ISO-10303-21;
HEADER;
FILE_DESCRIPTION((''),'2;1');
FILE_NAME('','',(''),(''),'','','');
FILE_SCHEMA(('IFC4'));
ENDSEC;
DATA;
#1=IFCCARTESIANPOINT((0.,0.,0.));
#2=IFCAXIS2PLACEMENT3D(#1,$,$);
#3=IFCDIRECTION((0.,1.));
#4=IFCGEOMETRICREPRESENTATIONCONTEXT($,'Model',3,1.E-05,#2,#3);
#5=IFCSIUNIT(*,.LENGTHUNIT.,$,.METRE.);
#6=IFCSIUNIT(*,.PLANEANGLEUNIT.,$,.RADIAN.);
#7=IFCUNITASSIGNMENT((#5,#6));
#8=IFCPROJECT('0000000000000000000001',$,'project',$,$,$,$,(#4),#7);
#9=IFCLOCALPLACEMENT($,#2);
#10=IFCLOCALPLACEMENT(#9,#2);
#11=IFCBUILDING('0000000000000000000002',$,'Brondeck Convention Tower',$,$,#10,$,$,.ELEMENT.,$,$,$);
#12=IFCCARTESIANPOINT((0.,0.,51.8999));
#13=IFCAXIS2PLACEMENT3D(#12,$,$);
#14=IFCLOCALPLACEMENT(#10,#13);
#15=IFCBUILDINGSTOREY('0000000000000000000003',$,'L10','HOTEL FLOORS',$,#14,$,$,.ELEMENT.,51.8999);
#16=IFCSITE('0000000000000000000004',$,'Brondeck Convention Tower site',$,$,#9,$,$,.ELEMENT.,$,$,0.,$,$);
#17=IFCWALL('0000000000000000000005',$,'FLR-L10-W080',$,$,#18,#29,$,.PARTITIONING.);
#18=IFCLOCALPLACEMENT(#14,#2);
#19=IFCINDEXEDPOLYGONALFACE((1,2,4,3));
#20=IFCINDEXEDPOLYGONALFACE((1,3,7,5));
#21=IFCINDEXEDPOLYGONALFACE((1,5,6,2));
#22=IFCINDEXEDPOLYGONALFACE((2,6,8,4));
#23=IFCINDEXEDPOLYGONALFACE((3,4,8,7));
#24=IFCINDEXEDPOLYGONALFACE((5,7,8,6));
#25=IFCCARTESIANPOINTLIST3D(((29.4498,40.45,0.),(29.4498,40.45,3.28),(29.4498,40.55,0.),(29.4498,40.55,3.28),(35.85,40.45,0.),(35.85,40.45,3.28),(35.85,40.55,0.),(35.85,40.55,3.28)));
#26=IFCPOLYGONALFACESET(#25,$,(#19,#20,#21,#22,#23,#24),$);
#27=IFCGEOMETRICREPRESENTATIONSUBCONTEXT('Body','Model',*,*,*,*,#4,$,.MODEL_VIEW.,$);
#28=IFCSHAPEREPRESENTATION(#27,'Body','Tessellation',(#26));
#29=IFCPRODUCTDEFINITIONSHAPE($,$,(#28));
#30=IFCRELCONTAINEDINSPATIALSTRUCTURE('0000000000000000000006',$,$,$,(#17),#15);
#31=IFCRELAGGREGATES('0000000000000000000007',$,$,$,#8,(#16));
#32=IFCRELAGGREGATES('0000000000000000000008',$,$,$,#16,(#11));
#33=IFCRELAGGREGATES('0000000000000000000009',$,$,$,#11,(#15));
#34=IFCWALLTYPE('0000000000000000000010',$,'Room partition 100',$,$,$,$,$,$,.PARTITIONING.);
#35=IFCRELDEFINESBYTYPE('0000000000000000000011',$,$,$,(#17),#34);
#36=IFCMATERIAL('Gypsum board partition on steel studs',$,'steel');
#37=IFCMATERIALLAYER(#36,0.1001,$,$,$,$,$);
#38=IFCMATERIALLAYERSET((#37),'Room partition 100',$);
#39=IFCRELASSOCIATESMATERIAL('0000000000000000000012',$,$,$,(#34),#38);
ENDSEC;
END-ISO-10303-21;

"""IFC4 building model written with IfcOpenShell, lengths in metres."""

from ifc_helpers import new_model, si_unit, direction, frame, frame_2d, origin, place, context, subcontext, project, spatial, rectangle, extrude, material, layer, layer_set, type_object, element, save


model = new_model("IFC4")

# Units and contexts
model_context = context("Model", 3, precision=1e-05, world=origin(), true_north=direction((0.0, 1.0)))
body_context = subcontext(model_context, "Body", "Model", "MODEL_VIEW")
ifc_project = project(units=[si_unit("LENGTHUNIT", "METRE"), si_unit("PLANEANGLEUNIT", "RADIAN")], contexts=[model_context])

# Site, building, storey
site_placement = place(None, origin())
site = spatial("IfcSite", under=ifc_project, at=site_placement, Name="Brondeck Convention Tower site", CompositionType="ELEMENT", RefElevation=0.0)
building_placement = place(site_placement, origin())
building = spatial("IfcBuilding", under=site, at=building_placement, Name="Brondeck Convention Tower", CompositionType="ELEMENT")
storey_placement = place(building_placement, frame((0.0, 0.0, 51.8999)))
storey = spatial("IfcBuildingStorey", under=building, at=storey_placement, Name="L10", Description="HOTEL FLOORS", CompositionType="ELEMENT", Elevation=51.8999)

# Shared definitions
ifc_material_1 = material(Name="Gypsum board partition on steel studs", Category="steel")
ifc_layer_1 = layer(ifc_material_1, 0.1001)
ifc_layer_set_1 = layer_set([ifc_layer_1], Name="Room partition 100")
wall_type_1 = type_object("IfcWallType", Name="Room partition 100", PredefinedType="PARTITIONING", material=ifc_layer_set_1)

# Wall
wall_1_placement = place(storey_placement, frame((35.8501, 40.5, 0.0), z_axis=(0.0, 0.0, 1.0), x_axis=(-1.0, 0.0, 0.0)))
element("IfcWall", 1, at=wall_1_placement, inside=storey, type_object=wall_type_1, Name="FLR-L10-W080", PredefinedType="PARTITIONING", context=body_context, shape_type="SweptSolid", body=[
    extrude(rectangle(XDim=6.4001, YDim=0.1001, at=frame_2d((3.2002, 0.0))), origin(), (0.0, 0.0, 1.0), 3.28),
])

save(model, "model.ifc")
